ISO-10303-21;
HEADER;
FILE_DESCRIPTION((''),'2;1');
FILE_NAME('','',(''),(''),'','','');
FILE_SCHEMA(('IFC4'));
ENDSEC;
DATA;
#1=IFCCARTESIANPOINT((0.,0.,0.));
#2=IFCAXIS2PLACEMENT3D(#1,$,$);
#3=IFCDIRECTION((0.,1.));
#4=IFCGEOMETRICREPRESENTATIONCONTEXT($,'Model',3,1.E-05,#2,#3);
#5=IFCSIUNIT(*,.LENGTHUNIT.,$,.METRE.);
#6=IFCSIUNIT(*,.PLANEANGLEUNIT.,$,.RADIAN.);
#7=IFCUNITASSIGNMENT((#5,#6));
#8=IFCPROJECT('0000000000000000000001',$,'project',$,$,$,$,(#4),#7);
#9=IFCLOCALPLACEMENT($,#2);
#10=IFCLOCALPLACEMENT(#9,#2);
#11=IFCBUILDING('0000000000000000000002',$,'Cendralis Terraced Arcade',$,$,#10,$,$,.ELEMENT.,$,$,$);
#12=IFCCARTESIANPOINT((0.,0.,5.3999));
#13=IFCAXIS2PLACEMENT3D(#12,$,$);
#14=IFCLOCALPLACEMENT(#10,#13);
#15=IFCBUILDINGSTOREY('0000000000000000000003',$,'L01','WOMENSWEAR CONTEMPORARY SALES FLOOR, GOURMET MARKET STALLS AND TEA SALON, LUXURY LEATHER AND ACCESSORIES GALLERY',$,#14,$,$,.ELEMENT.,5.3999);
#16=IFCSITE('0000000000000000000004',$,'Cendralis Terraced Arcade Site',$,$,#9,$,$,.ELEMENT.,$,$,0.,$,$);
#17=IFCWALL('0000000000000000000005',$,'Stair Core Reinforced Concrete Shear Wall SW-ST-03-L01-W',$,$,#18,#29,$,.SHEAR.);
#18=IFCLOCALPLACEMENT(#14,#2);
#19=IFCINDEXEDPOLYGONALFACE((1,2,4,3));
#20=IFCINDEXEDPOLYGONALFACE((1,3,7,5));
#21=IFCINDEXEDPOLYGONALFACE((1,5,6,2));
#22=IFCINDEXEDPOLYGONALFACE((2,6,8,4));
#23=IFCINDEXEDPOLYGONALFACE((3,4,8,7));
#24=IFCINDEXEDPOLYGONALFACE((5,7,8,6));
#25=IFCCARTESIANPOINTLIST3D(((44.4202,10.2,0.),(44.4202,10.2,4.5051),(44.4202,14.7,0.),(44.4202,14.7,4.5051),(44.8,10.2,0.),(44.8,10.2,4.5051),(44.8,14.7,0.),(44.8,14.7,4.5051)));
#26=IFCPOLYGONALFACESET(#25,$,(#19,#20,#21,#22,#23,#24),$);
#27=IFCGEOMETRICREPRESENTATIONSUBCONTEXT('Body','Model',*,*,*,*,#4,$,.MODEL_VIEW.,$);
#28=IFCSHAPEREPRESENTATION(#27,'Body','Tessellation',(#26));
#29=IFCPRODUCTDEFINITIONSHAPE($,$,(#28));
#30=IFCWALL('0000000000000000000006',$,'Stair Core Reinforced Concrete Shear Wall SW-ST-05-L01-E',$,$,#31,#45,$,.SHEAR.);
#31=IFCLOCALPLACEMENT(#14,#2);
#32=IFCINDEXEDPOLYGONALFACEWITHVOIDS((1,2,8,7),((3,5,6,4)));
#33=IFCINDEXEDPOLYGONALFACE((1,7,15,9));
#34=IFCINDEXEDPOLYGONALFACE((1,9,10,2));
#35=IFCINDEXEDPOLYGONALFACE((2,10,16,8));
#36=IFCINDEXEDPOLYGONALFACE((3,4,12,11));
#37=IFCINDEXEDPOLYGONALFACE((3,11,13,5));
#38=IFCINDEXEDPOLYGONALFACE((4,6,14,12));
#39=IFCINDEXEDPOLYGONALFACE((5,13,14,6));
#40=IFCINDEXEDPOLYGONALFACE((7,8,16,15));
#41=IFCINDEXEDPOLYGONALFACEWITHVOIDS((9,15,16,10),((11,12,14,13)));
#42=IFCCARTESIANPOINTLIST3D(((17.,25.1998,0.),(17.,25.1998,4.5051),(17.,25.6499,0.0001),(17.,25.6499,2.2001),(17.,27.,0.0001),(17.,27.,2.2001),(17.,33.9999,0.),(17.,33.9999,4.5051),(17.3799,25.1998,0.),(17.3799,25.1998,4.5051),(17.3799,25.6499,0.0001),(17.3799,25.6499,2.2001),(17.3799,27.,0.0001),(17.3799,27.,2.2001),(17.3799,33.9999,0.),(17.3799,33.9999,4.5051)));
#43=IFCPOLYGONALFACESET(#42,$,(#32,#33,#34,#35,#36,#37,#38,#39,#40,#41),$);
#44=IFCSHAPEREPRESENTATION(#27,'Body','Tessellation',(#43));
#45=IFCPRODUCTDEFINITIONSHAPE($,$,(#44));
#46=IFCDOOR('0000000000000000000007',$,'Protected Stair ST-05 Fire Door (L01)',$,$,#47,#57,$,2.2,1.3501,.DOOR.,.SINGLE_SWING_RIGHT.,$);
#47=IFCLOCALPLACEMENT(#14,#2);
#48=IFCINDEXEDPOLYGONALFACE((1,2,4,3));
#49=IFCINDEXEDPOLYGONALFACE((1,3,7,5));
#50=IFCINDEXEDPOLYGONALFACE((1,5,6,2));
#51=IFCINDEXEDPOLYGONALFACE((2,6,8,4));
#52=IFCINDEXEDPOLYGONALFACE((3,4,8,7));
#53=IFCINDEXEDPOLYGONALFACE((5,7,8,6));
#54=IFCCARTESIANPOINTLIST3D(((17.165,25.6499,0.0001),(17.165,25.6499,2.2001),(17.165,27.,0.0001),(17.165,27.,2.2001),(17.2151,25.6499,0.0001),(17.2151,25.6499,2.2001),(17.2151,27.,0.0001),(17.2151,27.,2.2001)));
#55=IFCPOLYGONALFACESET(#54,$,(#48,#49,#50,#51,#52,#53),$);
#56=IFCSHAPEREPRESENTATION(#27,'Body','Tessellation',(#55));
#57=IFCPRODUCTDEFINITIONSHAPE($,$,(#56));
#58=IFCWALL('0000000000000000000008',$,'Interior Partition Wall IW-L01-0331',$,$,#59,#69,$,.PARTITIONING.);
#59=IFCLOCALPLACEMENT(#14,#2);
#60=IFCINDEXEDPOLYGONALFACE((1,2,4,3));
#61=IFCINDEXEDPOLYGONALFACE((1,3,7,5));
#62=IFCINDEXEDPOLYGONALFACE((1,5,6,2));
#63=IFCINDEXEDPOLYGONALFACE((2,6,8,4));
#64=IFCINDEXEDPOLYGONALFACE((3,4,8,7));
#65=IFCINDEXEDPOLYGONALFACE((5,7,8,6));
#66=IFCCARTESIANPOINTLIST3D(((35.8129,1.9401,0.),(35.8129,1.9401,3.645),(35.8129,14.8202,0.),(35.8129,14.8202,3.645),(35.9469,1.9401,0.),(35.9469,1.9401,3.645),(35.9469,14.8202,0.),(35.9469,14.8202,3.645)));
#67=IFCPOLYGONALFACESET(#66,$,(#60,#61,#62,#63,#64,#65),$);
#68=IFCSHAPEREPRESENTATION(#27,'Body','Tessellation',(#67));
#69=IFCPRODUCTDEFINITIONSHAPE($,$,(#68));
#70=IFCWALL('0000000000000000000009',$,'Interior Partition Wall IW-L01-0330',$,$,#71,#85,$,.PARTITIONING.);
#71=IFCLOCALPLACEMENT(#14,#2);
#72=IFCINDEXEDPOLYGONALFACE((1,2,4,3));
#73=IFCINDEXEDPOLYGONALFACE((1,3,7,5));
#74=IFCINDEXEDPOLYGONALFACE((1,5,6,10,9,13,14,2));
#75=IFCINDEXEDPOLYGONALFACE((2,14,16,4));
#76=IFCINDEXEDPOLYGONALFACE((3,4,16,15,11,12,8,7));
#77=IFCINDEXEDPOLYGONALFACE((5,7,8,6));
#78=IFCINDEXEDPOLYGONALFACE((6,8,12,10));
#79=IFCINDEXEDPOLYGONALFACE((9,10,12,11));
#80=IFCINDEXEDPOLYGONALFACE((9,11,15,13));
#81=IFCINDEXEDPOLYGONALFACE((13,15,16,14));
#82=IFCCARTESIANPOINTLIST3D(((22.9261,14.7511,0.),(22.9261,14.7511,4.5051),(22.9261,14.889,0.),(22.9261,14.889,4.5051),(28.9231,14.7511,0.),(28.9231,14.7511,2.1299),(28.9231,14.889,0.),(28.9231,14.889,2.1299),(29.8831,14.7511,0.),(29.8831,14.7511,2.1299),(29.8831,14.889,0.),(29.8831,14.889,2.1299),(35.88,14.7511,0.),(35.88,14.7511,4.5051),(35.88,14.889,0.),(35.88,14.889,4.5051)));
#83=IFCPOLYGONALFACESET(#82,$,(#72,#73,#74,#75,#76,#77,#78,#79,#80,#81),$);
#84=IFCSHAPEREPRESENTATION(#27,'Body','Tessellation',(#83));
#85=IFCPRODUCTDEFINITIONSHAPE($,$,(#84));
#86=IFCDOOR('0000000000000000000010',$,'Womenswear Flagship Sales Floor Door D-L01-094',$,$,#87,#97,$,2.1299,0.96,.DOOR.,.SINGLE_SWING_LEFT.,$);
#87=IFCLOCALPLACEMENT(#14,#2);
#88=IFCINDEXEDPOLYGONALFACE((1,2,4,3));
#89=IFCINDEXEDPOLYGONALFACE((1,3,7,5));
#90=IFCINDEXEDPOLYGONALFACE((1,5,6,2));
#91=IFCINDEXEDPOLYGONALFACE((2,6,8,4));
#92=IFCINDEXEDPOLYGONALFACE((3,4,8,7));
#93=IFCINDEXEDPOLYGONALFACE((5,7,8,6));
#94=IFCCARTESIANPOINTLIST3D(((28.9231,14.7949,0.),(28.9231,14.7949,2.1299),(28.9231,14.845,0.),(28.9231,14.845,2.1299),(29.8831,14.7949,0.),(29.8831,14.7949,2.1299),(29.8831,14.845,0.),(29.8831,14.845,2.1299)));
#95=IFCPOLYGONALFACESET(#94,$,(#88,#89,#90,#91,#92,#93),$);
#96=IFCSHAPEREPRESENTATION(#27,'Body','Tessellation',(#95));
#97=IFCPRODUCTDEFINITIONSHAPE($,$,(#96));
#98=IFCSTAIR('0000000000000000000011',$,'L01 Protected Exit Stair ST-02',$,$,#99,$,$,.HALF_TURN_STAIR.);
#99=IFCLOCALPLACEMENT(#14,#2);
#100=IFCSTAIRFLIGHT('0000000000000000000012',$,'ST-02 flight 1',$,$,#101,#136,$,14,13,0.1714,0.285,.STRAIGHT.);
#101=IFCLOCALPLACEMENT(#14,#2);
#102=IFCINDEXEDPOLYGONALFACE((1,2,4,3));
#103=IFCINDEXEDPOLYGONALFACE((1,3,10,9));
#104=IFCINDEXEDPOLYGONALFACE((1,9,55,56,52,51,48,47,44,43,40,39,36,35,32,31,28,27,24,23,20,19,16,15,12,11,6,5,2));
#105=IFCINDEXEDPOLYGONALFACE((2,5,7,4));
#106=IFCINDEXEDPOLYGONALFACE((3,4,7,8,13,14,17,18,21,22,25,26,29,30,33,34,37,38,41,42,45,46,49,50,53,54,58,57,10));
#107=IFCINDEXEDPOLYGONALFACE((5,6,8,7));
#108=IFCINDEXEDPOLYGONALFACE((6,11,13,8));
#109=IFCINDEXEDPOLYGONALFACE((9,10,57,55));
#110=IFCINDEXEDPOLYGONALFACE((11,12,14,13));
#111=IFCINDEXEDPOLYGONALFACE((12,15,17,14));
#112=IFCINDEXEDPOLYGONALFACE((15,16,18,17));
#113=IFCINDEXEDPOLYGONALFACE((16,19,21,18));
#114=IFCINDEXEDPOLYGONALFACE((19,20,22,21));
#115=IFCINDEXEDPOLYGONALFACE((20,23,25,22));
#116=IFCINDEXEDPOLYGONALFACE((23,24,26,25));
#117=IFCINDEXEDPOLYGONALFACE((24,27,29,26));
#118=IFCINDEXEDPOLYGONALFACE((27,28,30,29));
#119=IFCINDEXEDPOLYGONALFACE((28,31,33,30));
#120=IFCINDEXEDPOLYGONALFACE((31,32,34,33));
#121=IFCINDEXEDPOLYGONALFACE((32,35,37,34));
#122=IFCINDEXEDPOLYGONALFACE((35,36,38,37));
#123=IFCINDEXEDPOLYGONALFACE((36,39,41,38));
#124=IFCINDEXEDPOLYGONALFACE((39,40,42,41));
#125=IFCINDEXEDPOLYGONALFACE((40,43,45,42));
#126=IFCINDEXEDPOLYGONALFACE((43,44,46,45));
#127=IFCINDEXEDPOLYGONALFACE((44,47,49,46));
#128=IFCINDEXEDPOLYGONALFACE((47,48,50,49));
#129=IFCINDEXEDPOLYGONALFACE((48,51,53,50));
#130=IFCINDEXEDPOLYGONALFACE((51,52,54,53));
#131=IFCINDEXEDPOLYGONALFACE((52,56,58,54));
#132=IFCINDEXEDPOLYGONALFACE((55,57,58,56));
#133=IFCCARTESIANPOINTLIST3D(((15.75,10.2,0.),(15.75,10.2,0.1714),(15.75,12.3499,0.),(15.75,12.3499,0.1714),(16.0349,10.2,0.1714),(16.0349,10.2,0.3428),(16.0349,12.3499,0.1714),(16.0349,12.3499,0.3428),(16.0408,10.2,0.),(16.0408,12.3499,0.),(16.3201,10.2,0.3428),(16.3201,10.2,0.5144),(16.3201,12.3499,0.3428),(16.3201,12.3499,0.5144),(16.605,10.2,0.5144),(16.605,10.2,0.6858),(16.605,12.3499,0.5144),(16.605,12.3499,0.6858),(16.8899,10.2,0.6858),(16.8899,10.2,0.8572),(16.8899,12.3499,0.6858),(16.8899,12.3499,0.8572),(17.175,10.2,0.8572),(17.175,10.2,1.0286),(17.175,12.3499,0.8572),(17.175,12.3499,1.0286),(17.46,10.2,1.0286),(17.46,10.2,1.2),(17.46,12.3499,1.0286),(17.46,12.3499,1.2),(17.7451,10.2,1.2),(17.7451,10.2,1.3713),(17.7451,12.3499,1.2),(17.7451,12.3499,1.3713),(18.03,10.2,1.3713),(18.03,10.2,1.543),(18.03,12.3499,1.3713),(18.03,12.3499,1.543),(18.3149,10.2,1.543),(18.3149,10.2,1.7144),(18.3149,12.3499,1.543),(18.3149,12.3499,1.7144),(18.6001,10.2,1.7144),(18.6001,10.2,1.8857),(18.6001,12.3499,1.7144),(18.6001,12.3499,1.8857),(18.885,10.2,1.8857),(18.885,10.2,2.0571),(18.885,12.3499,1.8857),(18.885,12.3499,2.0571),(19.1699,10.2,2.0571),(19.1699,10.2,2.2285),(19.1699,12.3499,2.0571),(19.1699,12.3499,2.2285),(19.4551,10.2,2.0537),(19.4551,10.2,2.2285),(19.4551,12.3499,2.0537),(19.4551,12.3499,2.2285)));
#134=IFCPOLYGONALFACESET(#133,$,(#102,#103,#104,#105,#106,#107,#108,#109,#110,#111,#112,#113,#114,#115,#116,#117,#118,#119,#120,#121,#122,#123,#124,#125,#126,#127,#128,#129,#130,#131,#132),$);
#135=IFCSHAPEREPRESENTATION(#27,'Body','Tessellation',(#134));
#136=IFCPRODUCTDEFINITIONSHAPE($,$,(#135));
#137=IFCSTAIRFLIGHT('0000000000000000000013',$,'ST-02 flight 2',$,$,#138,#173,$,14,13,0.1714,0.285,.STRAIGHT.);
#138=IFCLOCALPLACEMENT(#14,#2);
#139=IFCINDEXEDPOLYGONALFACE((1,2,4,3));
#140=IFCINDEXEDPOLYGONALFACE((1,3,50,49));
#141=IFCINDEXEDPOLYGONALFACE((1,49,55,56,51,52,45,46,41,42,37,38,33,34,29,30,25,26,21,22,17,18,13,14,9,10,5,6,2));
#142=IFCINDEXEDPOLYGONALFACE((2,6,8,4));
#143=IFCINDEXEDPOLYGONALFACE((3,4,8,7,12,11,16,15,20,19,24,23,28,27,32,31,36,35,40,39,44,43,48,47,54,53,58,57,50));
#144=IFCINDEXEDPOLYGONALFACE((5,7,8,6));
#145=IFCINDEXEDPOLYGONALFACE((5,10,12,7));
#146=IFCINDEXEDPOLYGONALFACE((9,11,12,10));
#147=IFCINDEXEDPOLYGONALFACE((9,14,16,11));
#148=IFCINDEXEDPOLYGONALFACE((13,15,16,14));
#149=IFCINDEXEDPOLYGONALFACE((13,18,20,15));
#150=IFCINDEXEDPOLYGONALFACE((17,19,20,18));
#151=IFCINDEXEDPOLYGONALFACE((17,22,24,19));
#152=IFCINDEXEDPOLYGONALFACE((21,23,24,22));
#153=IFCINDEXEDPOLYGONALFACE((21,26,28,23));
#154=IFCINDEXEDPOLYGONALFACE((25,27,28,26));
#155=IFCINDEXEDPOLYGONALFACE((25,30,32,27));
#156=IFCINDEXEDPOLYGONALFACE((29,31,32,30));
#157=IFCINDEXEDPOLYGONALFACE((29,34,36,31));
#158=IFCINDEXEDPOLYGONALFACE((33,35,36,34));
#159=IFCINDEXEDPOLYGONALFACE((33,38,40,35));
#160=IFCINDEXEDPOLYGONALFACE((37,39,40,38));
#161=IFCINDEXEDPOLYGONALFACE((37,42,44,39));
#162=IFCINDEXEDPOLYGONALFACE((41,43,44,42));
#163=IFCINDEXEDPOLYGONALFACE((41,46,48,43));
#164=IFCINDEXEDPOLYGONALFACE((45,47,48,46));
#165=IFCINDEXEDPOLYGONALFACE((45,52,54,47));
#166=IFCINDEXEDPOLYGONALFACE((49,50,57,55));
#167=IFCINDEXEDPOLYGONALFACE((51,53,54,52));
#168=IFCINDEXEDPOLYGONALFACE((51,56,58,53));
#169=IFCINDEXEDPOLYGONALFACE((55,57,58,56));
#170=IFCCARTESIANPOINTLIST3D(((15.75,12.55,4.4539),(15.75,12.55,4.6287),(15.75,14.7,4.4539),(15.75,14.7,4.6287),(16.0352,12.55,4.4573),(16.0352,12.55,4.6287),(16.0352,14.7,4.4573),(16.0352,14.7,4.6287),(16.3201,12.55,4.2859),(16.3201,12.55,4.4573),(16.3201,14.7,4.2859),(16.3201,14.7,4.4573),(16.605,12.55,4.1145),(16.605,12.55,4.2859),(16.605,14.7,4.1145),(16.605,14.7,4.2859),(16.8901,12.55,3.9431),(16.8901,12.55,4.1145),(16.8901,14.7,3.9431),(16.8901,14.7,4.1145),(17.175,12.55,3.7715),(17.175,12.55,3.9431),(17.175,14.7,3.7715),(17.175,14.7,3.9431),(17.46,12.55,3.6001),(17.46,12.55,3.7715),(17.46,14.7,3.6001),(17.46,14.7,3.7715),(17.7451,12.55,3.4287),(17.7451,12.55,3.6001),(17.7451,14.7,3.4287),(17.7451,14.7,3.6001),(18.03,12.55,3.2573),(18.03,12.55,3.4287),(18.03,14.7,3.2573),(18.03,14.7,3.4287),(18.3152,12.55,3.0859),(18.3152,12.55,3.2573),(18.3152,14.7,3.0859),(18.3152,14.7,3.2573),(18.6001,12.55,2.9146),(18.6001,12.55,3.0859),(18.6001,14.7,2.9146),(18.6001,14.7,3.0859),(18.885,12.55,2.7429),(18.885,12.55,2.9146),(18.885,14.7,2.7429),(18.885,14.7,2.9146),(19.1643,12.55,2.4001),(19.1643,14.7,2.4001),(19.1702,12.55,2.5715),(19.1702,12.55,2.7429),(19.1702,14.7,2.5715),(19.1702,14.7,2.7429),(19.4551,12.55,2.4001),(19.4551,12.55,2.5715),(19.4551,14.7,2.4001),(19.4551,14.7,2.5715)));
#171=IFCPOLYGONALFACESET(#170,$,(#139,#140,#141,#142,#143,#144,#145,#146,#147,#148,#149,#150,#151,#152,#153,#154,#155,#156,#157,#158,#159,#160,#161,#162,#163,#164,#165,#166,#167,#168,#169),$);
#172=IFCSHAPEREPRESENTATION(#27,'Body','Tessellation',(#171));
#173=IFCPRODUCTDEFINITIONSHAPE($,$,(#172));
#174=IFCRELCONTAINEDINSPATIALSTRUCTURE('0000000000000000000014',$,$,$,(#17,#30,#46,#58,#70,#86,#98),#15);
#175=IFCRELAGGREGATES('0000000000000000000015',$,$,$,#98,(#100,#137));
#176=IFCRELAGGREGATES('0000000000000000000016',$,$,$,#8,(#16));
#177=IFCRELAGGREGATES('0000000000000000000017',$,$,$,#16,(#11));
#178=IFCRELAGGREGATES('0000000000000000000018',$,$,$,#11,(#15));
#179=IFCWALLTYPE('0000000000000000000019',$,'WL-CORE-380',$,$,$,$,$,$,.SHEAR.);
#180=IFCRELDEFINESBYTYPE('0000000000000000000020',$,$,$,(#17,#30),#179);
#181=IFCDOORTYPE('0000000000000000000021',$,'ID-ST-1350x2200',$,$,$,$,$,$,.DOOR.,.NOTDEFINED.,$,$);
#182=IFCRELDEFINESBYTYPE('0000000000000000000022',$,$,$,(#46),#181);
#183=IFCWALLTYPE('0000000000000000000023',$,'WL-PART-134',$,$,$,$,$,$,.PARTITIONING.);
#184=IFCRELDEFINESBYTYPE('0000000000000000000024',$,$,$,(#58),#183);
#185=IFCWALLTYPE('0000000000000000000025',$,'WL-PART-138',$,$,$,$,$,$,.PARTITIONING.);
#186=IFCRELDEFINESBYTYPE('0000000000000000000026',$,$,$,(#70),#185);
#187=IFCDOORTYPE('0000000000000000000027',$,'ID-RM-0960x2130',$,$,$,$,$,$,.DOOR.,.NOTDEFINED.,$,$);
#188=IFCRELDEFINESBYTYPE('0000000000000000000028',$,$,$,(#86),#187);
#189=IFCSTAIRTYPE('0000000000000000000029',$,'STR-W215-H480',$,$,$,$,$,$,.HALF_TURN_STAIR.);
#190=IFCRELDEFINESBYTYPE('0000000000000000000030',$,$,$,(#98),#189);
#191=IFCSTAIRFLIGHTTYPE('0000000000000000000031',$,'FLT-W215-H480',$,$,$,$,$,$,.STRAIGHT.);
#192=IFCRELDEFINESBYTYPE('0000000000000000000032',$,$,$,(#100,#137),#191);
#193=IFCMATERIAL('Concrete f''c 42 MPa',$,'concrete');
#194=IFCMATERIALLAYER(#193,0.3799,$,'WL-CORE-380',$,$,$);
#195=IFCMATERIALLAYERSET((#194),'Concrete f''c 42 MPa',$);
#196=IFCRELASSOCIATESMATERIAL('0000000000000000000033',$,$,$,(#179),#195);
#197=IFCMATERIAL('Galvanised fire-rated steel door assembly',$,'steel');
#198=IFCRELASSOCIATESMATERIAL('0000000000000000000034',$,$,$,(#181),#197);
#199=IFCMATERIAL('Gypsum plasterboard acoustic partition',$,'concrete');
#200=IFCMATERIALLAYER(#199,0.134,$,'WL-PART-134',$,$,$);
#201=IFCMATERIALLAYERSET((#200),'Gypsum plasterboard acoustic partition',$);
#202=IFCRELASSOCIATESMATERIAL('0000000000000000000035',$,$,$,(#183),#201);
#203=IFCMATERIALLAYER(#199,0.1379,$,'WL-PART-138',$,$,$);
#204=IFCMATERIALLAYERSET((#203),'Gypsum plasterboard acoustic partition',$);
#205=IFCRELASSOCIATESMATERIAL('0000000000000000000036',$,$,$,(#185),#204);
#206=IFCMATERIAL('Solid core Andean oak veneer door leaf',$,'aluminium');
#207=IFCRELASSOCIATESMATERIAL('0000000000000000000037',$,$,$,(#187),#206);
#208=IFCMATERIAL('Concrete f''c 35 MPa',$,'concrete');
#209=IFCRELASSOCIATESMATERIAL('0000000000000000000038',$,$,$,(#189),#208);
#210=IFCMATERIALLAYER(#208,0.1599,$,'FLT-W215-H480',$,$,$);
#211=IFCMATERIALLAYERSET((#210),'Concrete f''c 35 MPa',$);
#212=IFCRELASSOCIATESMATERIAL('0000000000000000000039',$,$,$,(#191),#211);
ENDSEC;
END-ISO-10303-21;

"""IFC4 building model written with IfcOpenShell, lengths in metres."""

from ifc_helpers import new_model, si_unit, direction, frame, frame_2d, origin, place, context, subcontext, project, spatial, polyline, rectangle, outline, extrude, material, layer, layer_set, type_object, element, fill, aggregate, save


model = new_model("IFC4")

# Units and contexts
model_context = context("Model", 3, precision=1e-05, world=origin(), true_north=direction((0.0, 1.0)))
body_context = subcontext(model_context, "Body", "Model", "MODEL_VIEW")
ifc_project = project(units=[si_unit("LENGTHUNIT", "METRE"), si_unit("PLANEANGLEUNIT", "RADIAN")], contexts=[model_context])

# Site, building, storey
site_placement = place(None, origin())
site = spatial("IfcSite", under=ifc_project, at=site_placement, Name="Cendralis Terraced Arcade Site", CompositionType="ELEMENT", RefElevation=0.0)
building_placement = place(site_placement, origin())
building = spatial("IfcBuilding", under=site, at=building_placement, Name="Cendralis Terraced Arcade", CompositionType="ELEMENT")
storey_placement = place(building_placement, frame((0.0, 0.0, 5.3999)))
storey = spatial("IfcBuildingStorey", under=building, at=storey_placement, Name="L01", Description="WOMENSWEAR CONTEMPORARY SALES FLOOR, GOURMET MARKET STALLS AND TEA SALON, LUXURY LEATHER AND ACCESSORIES GALLERY", CompositionType="ELEMENT", Elevation=5.3999)

# Shared definitions
ifc_material_1 = material(Name="Concrete f'c 42 MPa", Category="concrete")

# Shared definitions
ifc_material_2 = material(Name="Concrete f'c 35 MPa", Category="concrete")

# Shared definitions
ifc_material_3 = material(Name="Gypsum plasterboard acoustic partition", Category="concrete")

# Shared definitions
ifc_layer_1 = layer(ifc_material_1, 0.3799, Name="WL-CORE-380")
ifc_layer_set_1 = layer_set([ifc_layer_1], Name="Concrete f'c 42 MPa")
wall_type_1 = type_object("IfcWallType", Name="WL-CORE-380", PredefinedType="SHEAR", material=ifc_layer_set_1)
ifc_material_4 = material(Name="Galvanised fire-rated steel door assembly", Category="steel")
door_type_1 = type_object("IfcDoorType", Name="ID-ST-1350x2200", OperationType="NOTDEFINED", PredefinedType="DOOR", material=ifc_material_4)

# Wall
wall_1_placement = place(storey_placement, frame((44.6101, 10.2, 0.0), z_axis=(0.0, 0.0, 1.0), x_axis=(0.0, 1.0, 0.0)))
element("IfcWall", 1, at=wall_1_placement, inside=storey, type_object=wall_type_1, Name="Stair Core Reinforced Concrete Shear Wall SW-ST-03-L01-W", PredefinedType="SHEAR", context=body_context, shape_type="SweptSolid", body=[
    extrude(rectangle(XDim=4.5, YDim=0.3799, at=frame_2d((2.25, 0.0))), origin(), (0.0, 0.0, 1.0), 4.5051),
])

# Wall, opening, door
wall_2_placement = place(storey_placement, frame((17.1899, 25.2, 0.0), z_axis=(0.0, 0.0, 1.0), x_axis=(0.0, 1.0, 0.0)))
wall_2 = element("IfcWall", 2, at=wall_2_placement, inside=storey, type_object=wall_type_1, Name="Stair Core Reinforced Concrete Shear Wall SW-ST-05-L01-E", PredefinedType="SHEAR", context=body_context, shape_type="SweptSolid", body=[
    extrude(rectangle(XDim=8.8, YDim=0.3799, at=frame_2d((4.3999, 0.0))), origin(), (0.0, 0.0, 1.0), 4.5051),
])
opening_1_placement = place(wall_2_placement, frame((0.45, 0.0, 0.0)))
opening_1 = element("IfcOpeningElement", 3, at=opening_1_placement, cuts=wall_2, PredefinedType="OPENING", context=body_context, shape_type="SweptSolid", body=[
    extrude(rectangle(XDim=1.3501, YDim=2.2, at=frame_2d((0.675, 1.1001))), frame((0.0, 0.2019, 0.0), z_axis=(0.0, -1.0, 0.0), x_axis=(1.0, 0.0, 0.0)), (0.0, 0.0, 1.0), 0.4038),
])
door_1_placement = place(opening_1_placement, origin())
door_1 = element("IfcDoor", 4, at=door_1_placement, inside=storey, type_object=door_type_1, Name="Protected Stair ST-05 Fire Door (L01)", OperationType="SINGLE_SWING_RIGHT", OverallHeight=2.2, OverallWidth=1.3501, PredefinedType="DOOR", context=body_context, shape_type="SweptSolid", body=[
    extrude(rectangle(XDim=1.3501, YDim=2.2, at=frame_2d((0.675, 1.1001))), frame((0.0, 0.0249, 0.0), z_axis=(0.0, -1.0, 0.0), x_axis=(1.0, 0.0, 0.0)), (0.0, 0.0, 1.0), 0.05),
])
fill(opening_1, door_1)

# Wall
ifc_layer_2 = layer(ifc_material_3, 0.134, Name="WL-PART-134")
ifc_layer_set_2 = layer_set([ifc_layer_2], Name="Gypsum plasterboard acoustic partition")
wall_type_2 = type_object("IfcWallType", Name="WL-PART-134", PredefinedType="PARTITIONING", material=ifc_layer_set_2)
wall_3_placement = place(storey_placement, frame((35.8799, 14.8201, 0.0), z_axis=(0.0, 0.0, 1.0), x_axis=(0.0, -1.0, 0.0)))
element("IfcWall", 5, at=wall_3_placement, inside=storey, type_object=wall_type_2, Name="Interior Partition Wall IW-L01-0331", PredefinedType="PARTITIONING", context=body_context, shape_type="SweptSolid", body=[
    extrude(rectangle(XDim=12.8801, YDim=0.134, at=frame_2d((6.4399, 0.0))), origin(), (0.0, 0.0, 1.0), 3.645),
])

# Wall, opening, door
ifc_layer_3 = layer(ifc_material_3, 0.1379, Name="WL-PART-138")
ifc_layer_set_3 = layer_set([ifc_layer_3], Name="Gypsum plasterboard acoustic partition")
wall_type_3 = type_object("IfcWallType", Name="WL-PART-138", PredefinedType="PARTITIONING", material=ifc_layer_set_3)
wall_4_placement = place(storey_placement, frame((22.926, 14.8201, 0.0), z_axis=(0.0, 0.0, 1.0), x_axis=(1.0, 0.0, 0.0)))
wall_4 = element("IfcWall", 6, at=wall_4_placement, inside=storey, type_object=wall_type_3, Name="Interior Partition Wall IW-L01-0330", PredefinedType="PARTITIONING", context=body_context, shape_type="SweptSolid", body=[
    extrude(rectangle(XDim=12.9539, YDim=0.1379, at=frame_2d((6.4771, 0.0))), origin(), (0.0, 0.0, 1.0), 4.5051),
])
opening_2_placement = place(wall_4_placement, frame((5.9971, 0.0, 0.0)))
opening_2 = element("IfcOpeningElement", 7, at=opening_2_placement, cuts=wall_4, PredefinedType="OPENING", context=body_context, shape_type="SweptSolid", body=[
    extrude(rectangle(XDim=0.96, YDim=2.1299, at=frame_2d((0.48, 1.0649))), frame((0.0, 0.0811, 0.0), z_axis=(0.0, -1.0, 0.0), x_axis=(1.0, 0.0, 0.0)), (0.0, 0.0, 1.0), 0.1619),
])
ifc_material_5 = material(Name="Solid core Andean oak veneer door leaf", Category="aluminium")
door_type_2 = type_object("IfcDoorType", Name="ID-RM-0960x2130", OperationType="NOTDEFINED", PredefinedType="DOOR", material=ifc_material_5)
door_2_placement = place(opening_2_placement, origin())
door_2 = element("IfcDoor", 8, at=door_2_placement, inside=storey, type_object=door_type_2, Name="Womenswear Flagship Sales Floor Door D-L01-094", OperationType="SINGLE_SWING_LEFT", OverallHeight=2.1299, OverallWidth=0.96, PredefinedType="DOOR", context=body_context, shape_type="SweptSolid", body=[
    extrude(rectangle(XDim=0.96, YDim=2.1299, at=frame_2d((0.48, 1.0649))), frame((0.0, 0.0249, 0.0), z_axis=(0.0, -1.0, 0.0), x_axis=(1.0, 0.0, 0.0)), (0.0, 0.0, 1.0), 0.05),
])
fill(opening_2, door_2)

# Stair, stair flights
stair_type = type_object("IfcStairType", Name="STR-W215-H480", PredefinedType="HALF_TURN_STAIR", material=ifc_material_2)
stair_1_placement = place(storey_placement, origin())
stair_1 = element("IfcStair", 9, at=stair_1_placement, inside=storey, type_object=stair_type, Name="L01 Protected Exit Stair ST-02", PredefinedType="HALF_TURN_STAIR")
ifc_layer_4 = layer(ifc_material_2, 0.1599, Name="FLT-W215-H480")
ifc_layer_set_4 = layer_set([ifc_layer_4], Name="Concrete f'c 35 MPa")
stair_flight_type = type_object("IfcStairFlightType", Name="FLT-W215-H480", PredefinedType="STRAIGHT", material=ifc_layer_set_4)
stair_flight_1_placement = place(storey_placement, frame((15.75, 11.2749, 0.0), z_axis=(0.0, 0.0, 1.0), x_axis=(1.0, 0.0, 0.0)))
stair_flight_1 = element("IfcStairFlight", 10, at=stair_flight_1_placement, type_object=stair_flight_type, Name="ST-02 flight 1", NumberOfRisers=14, NumberOfTreads=13, PredefinedType="STRAIGHT", RiserHeight=0.1714, TreadLength=0.285, context=body_context, shape_type="SweptSolid", body=[
    extrude(outline(polyline([(0.0, 0.0), (0.0, 0.1714), (0.2849, 0.1714), (0.2849, 0.3428), (0.5701, 0.3428), (0.5701, 0.5144), (0.855, 0.5144), (0.855, 0.6858), (1.1399, 0.6858), (1.1399, 0.8572), (1.425, 0.8572), (1.425, 1.0286), (1.71, 1.0286), (1.71, 1.2), (1.9951, 1.2), (1.9951, 1.3713), (2.28, 1.3713), (2.28, 1.543), (2.5649, 1.543), (2.5649, 1.7144), (2.8501, 1.7144), (2.8501, 1.8857), (3.135, 1.8857), (3.135, 2.0571), (3.4199, 2.0571), (3.4199, 2.2285), (3.7051, 2.2285), (3.7051, 2.3999), (3.7051, 2.0537), (0.2908, 0.0), (0.0, 0.0)])), frame((0.0, 1.075, 0.0), z_axis=(0.0, -1.0, 0.0), x_axis=(1.0, 0.0, 0.0)), (0.0, 0.0, 1.0), 2.1499),
])
stair_flight_2_placement = place(storey_placement, frame((19.4551, 13.625, 2.4001), z_axis=(0.0, 0.0, 1.0), x_axis=(-1.0, 0.0, 0.0)))
stair_flight_2 = element("IfcStairFlight", 11, at=stair_flight_2_placement, type_object=stair_flight_type, Name="ST-02 flight 2", NumberOfRisers=14, NumberOfTreads=13, PredefinedType="STRAIGHT", RiserHeight=0.1714, TreadLength=0.285, context=body_context, shape_type="SweptSolid", body=[
    extrude(outline(polyline([(0.0, 0.0), (0.0, 0.1714), (0.2849, 0.1714), (0.2849, 0.3428), (0.5701, 0.3428), (0.5701, 0.5144), (0.855, 0.5144), (0.855, 0.6858), (1.1399, 0.6858), (1.1399, 0.8572), (1.425, 0.8572), (1.425, 1.0286), (1.71, 1.0286), (1.71, 1.2), (1.9951, 1.2), (1.9951, 1.3713), (2.28, 1.3713), (2.28, 1.543), (2.5649, 1.543), (2.5649, 1.7144), (2.8501, 1.7144), (2.8501, 1.8857), (3.135, 1.8857), (3.135, 2.0571), (3.4199, 2.0571), (3.4199, 2.2285), (3.7051, 2.2285), (3.7051, 2.3999), (3.7051, 2.0537), (0.2908, 0.0), (0.0, 0.0)])), frame((0.0, 1.075, 0.0), z_axis=(0.0, -1.0, 0.0), x_axis=(1.0, 0.0, 0.0)), (0.0, 0.0, 1.0), 2.1499),
])
aggregate(stair_1, [stair_flight_1, stair_flight_2])

save(model, "model.ifc")
